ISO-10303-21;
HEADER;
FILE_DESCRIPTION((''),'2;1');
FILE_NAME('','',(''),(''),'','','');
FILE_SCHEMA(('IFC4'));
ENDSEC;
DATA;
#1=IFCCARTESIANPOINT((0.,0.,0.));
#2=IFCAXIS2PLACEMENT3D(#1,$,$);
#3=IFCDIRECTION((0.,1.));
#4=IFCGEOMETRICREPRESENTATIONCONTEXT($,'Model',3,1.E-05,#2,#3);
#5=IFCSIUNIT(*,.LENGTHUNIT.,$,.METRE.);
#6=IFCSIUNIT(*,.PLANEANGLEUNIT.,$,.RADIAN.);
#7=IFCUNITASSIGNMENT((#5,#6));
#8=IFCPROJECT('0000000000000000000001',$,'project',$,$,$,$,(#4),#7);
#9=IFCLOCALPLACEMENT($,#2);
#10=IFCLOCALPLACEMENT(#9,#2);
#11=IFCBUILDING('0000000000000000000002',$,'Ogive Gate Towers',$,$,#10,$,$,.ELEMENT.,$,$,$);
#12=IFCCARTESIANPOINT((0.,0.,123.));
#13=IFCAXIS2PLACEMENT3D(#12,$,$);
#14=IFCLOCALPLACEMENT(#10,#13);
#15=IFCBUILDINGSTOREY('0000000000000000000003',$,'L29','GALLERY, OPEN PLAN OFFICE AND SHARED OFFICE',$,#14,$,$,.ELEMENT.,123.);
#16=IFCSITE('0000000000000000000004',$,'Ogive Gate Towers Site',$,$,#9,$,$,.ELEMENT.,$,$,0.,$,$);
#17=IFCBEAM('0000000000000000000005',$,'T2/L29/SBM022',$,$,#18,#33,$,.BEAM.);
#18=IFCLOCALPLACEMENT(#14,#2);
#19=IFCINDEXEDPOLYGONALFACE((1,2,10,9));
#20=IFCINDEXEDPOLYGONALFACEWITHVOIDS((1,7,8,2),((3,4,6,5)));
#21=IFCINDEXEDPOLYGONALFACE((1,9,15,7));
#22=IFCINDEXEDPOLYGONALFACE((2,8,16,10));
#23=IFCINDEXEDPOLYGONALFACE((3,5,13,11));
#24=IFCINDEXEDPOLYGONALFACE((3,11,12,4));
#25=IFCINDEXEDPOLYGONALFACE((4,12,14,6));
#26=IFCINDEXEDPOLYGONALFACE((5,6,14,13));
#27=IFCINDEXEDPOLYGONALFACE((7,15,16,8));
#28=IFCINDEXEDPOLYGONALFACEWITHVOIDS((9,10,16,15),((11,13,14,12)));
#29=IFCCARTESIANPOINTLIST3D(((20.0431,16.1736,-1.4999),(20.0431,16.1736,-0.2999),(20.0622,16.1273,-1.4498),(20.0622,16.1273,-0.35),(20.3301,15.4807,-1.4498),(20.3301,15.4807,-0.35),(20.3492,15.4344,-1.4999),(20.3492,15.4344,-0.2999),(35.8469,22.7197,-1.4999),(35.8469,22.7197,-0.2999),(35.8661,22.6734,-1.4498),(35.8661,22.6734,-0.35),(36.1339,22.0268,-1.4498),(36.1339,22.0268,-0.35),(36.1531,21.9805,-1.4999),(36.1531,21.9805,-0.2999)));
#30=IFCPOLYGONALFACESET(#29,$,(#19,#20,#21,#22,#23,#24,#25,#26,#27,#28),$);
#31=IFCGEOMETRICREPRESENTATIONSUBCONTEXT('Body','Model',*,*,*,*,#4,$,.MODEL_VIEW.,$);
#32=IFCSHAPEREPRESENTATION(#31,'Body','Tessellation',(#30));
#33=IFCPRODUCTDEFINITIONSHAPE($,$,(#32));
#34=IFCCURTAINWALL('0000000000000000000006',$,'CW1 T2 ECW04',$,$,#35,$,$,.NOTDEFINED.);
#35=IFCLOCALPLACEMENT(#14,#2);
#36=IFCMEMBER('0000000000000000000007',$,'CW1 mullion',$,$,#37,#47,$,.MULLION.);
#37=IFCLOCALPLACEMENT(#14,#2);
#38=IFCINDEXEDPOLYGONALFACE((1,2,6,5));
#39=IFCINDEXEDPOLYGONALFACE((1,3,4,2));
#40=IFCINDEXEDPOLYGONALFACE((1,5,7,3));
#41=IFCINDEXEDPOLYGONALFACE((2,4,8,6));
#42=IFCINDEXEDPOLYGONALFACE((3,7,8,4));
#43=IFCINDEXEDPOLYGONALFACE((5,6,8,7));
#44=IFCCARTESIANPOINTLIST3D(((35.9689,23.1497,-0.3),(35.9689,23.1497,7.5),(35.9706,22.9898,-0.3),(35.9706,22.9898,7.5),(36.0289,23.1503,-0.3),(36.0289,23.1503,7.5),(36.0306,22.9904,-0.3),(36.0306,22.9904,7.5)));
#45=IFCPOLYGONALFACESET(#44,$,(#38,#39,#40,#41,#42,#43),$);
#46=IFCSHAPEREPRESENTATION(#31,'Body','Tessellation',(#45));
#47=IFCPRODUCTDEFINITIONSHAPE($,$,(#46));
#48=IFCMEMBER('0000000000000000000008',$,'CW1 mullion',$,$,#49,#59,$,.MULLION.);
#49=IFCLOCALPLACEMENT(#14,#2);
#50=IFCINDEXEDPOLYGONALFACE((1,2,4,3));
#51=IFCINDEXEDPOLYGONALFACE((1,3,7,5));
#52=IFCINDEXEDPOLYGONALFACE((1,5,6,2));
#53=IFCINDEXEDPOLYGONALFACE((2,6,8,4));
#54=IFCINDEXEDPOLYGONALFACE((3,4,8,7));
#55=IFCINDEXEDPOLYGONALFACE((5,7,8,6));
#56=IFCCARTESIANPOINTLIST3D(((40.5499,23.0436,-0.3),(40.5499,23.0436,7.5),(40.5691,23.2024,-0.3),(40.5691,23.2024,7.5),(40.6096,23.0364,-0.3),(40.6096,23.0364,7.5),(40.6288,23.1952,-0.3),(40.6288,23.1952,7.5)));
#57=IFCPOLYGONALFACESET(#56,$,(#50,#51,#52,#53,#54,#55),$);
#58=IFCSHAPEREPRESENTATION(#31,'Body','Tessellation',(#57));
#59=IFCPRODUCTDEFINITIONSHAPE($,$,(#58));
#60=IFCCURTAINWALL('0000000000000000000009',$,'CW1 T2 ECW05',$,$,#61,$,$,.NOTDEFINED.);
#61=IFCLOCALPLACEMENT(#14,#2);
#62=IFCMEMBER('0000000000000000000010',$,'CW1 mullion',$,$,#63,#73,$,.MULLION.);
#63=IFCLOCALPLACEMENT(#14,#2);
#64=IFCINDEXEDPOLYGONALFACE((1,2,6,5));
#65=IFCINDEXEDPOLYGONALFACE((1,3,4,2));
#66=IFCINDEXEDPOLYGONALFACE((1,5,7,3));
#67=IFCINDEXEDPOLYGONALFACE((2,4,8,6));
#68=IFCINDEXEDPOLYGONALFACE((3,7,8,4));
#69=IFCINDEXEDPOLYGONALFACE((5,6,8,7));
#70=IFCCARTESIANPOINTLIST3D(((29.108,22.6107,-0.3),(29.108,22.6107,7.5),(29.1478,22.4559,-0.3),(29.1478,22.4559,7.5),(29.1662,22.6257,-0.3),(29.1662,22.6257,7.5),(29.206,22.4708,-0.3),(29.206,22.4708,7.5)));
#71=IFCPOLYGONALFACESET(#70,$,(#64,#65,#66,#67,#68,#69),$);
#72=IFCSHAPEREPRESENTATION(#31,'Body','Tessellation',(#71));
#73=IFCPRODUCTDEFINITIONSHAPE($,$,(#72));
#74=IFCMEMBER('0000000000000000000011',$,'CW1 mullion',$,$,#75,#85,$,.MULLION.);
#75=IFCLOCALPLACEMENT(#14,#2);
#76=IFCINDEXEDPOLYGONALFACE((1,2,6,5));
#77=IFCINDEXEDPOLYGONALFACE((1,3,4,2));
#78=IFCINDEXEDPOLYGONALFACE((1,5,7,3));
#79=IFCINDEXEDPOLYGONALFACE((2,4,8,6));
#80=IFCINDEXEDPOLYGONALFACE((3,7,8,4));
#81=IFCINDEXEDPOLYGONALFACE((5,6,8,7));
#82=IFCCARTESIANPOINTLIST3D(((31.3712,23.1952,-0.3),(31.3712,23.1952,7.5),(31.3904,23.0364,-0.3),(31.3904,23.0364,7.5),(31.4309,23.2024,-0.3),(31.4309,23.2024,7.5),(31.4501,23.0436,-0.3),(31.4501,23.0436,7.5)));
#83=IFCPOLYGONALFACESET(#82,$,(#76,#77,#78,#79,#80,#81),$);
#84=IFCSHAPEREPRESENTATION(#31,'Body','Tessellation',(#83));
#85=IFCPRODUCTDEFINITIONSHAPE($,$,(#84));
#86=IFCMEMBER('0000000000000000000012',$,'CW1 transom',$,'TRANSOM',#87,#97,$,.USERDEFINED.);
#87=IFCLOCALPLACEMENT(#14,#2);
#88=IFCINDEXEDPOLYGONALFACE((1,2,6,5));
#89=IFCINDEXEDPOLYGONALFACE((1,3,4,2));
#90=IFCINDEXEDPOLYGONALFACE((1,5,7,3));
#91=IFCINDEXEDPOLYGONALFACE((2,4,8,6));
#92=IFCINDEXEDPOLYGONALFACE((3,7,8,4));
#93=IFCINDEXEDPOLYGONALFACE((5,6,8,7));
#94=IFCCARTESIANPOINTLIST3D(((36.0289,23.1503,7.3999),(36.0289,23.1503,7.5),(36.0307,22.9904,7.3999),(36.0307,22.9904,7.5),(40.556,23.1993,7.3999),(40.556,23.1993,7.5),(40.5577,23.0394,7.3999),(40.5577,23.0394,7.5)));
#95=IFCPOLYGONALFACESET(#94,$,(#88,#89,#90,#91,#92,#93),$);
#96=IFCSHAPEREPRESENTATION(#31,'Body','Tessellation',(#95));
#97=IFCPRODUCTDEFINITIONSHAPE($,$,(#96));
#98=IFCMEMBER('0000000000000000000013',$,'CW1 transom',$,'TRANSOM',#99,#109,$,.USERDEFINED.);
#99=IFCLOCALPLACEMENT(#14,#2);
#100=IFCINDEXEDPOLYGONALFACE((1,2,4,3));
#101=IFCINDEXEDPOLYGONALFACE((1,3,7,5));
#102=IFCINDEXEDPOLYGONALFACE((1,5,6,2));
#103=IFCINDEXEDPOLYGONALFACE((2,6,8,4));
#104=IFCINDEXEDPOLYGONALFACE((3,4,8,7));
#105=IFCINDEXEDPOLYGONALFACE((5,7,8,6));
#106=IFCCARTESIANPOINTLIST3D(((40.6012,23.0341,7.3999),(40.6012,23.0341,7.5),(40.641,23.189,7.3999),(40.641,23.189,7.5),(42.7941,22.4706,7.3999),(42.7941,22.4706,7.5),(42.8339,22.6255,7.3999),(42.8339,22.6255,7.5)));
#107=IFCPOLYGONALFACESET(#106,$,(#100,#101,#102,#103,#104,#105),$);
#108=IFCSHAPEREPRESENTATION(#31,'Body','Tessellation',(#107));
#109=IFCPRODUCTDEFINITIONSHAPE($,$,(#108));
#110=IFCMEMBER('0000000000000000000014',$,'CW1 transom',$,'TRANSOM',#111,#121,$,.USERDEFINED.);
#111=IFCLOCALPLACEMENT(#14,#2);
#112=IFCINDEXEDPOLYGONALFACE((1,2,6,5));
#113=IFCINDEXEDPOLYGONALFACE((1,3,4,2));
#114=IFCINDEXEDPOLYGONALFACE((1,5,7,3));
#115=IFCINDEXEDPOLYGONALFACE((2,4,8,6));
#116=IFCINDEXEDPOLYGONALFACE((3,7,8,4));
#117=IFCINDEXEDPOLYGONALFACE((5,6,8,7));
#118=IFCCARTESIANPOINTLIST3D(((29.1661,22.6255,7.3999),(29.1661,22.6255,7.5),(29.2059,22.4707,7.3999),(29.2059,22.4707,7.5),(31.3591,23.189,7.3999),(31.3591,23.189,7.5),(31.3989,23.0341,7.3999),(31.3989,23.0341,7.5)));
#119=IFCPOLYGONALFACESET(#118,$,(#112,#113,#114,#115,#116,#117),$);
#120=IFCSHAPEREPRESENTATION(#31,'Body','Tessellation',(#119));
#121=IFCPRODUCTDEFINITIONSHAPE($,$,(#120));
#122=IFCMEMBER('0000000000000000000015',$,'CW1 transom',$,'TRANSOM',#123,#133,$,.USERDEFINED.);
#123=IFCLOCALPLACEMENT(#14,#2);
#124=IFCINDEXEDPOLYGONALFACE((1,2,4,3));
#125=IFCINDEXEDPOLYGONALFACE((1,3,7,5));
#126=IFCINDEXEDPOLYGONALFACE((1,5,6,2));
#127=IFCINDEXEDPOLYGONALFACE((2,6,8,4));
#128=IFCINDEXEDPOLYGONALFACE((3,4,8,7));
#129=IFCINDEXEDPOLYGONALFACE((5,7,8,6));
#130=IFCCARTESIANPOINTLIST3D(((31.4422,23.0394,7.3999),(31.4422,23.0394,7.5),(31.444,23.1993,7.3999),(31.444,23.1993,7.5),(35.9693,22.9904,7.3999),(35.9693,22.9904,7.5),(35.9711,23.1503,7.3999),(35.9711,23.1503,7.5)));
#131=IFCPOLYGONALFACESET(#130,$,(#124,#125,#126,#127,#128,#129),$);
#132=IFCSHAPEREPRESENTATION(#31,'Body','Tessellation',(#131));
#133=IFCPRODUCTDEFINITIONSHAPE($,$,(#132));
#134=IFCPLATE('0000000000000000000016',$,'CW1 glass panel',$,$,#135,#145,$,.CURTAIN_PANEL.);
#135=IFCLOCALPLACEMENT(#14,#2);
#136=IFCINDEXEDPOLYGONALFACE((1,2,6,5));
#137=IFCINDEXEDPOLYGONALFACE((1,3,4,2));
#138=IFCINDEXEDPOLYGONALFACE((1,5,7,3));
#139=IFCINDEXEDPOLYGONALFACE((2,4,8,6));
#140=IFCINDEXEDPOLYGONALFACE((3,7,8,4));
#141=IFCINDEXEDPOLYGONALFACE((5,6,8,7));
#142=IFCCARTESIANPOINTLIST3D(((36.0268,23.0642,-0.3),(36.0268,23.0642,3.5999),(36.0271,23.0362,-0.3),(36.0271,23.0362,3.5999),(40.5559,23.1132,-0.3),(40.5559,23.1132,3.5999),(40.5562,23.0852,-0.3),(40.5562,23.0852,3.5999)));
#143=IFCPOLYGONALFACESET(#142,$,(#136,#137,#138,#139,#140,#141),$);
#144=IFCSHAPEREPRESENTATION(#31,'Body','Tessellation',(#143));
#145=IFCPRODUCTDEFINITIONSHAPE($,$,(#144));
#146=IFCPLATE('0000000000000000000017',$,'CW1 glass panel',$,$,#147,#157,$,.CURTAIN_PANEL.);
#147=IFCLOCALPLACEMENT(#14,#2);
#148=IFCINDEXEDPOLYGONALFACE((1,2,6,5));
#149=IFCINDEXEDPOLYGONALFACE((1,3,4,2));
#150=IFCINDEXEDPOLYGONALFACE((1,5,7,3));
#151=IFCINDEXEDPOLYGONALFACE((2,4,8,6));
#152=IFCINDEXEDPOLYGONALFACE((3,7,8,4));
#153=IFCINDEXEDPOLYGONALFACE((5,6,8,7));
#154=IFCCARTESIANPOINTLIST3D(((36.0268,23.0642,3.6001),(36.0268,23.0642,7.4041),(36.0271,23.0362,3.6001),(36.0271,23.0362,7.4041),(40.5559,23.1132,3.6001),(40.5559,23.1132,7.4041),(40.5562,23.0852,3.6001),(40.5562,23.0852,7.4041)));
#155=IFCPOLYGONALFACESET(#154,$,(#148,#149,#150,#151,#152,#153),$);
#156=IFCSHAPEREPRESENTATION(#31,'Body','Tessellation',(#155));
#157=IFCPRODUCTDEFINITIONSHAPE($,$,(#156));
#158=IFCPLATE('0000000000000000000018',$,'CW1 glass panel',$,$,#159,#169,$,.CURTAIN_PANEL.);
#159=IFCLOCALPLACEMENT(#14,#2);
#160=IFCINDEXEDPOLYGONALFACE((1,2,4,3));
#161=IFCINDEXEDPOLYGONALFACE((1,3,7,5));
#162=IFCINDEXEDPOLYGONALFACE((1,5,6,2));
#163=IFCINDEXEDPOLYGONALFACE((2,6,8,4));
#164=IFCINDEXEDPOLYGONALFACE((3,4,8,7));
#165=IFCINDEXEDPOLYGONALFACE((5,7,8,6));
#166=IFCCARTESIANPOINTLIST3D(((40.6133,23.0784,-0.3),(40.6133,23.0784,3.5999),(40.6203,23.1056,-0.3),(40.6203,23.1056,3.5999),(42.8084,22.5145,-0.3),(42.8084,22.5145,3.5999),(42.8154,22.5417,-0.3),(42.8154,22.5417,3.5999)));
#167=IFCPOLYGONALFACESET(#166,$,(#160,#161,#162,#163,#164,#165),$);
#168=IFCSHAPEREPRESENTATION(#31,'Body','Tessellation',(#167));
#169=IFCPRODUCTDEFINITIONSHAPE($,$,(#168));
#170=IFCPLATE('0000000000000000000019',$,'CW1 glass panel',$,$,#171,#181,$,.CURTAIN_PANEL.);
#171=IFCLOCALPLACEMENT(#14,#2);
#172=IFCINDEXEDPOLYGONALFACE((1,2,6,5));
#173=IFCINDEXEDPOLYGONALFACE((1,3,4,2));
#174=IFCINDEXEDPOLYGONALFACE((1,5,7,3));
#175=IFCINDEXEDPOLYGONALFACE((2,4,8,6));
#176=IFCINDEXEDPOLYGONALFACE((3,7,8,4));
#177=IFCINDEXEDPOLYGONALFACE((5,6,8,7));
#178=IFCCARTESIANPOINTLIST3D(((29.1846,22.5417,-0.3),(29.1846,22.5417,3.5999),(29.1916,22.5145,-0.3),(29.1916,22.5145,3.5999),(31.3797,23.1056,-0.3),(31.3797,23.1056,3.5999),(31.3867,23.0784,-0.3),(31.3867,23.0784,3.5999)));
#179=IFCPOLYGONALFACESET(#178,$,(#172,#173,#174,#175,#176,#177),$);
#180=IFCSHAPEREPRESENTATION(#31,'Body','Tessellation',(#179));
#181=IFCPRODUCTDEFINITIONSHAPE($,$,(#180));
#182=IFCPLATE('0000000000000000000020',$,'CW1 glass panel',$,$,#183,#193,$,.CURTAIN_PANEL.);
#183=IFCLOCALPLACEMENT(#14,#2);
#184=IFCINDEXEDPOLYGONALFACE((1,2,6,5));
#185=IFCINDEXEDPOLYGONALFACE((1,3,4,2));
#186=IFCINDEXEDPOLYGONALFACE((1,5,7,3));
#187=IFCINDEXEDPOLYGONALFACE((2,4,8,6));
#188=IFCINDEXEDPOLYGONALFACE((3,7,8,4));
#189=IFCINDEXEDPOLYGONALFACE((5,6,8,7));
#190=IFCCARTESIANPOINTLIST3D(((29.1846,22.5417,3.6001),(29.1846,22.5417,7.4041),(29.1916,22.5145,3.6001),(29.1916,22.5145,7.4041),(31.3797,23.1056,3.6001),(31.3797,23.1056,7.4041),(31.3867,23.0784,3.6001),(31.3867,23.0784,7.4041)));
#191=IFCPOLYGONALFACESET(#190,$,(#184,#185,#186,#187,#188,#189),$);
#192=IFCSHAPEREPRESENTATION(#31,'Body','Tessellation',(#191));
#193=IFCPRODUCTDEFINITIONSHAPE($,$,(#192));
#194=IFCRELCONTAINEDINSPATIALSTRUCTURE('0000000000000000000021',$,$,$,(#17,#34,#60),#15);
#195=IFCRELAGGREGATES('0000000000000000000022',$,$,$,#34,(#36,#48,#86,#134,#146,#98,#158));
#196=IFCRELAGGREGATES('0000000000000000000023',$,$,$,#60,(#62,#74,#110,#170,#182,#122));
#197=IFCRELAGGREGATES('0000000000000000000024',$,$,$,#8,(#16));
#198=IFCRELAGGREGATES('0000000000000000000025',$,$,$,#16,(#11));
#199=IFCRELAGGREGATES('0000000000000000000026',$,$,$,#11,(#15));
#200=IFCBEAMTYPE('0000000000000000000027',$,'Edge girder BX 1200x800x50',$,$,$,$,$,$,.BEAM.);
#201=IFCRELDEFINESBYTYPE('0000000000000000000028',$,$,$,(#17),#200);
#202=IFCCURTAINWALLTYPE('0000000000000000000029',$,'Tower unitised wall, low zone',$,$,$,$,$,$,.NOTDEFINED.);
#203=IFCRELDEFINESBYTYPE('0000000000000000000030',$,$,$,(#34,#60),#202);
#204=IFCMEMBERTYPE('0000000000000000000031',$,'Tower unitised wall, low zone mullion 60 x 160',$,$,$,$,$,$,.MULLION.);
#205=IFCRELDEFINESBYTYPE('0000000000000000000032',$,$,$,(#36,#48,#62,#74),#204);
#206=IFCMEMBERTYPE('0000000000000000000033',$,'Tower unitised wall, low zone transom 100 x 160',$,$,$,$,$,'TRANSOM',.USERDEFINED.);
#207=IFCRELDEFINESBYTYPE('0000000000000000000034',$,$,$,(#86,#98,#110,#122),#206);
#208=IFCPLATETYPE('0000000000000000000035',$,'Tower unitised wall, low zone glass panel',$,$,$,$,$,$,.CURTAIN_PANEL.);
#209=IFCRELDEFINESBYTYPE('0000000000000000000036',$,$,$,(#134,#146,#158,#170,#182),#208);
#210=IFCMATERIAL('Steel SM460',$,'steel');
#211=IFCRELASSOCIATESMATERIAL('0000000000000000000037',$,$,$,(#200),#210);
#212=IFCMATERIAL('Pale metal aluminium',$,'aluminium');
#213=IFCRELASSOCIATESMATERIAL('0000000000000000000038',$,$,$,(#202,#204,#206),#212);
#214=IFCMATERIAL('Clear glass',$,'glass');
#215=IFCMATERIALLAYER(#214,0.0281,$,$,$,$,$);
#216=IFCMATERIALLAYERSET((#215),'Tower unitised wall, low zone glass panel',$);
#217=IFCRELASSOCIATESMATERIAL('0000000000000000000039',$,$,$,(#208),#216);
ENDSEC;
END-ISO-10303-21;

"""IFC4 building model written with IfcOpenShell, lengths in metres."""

from ifc_helpers import new_model, si_unit, direction, frame, origin, origin_2d, place, context, subcontext, project, spatial, rectangle, hollow_rectangle, extrude, material, layer, layer_set, material_profile, profile_set, type_object, element, aggregate, save


model = new_model("IFC4")

# Units and contexts
model_context = context("Model", 3, precision=1e-05, world=origin(), true_north=direction((0.0, 1.0)))
body_context = subcontext(model_context, "Body", "Model", "MODEL_VIEW")
ifc_project = project(units=[si_unit("LENGTHUNIT", "METRE"), si_unit("PLANEANGLEUNIT", "RADIAN")], contexts=[model_context])

# Site, building, storey
site_placement = place(None, origin())
site = spatial("IfcSite", under=ifc_project, at=site_placement, Name="Ogive Gate Towers Site", CompositionType="ELEMENT", RefElevation=0.0)
building_placement = place(site_placement, origin())
building = spatial("IfcBuilding", under=site, at=building_placement, Name="Ogive Gate Towers", CompositionType="ELEMENT")
storey_placement = place(building_placement, frame((0.0, 0.0, 123.0)))
storey = spatial("IfcBuildingStorey", under=building, at=storey_placement, Name="L29", Description="GALLERY, OPEN PLAN OFFICE AND SHARED OFFICE", CompositionType="ELEMENT", Elevation=123.0)

# Beam
ifc_material_1 = material(Name="Steel SM460", Category="steel")
ifc_material_profile_1 = material_profile(ifc_material_1, hollow_rectangle(XDim=0.8, YDim=1.2, WallThickness=0.05, at=origin_2d()), Name="BX 1200x800x50")
ifc_profile_set_1 = profile_set([ifc_material_profile_1], Name="Steel SM460")
beam_type = type_object("IfcBeamType", Name="Edge girder BX 1200x800x50", PredefinedType="BEAM", material=ifc_profile_set_1)
beam_placement = place(storey_placement, frame((36.0, 22.3501, -0.8999), z_axis=(-0.923881, -0.38268, 0.0), x_axis=(0.38268, -0.923881, 0.0)))
element("IfcBeam", 1, at=beam_placement, inside=storey, type_object=beam_type, Name="T2/L29/SBM022", PredefinedType="BEAM", context=body_context, shape_type="SweptSolid", body=[
    extrude(hollow_rectangle(XDim=0.8, YDim=1.2, WallThickness=0.05, at=origin_2d()), origin(), (0.0, 0.0, 1.0), 17.106),
])

# Curtain walls, members
ifc_material_2 = material(Name="Pale metal aluminium", Category="aluminium")
curtain_wall_type = type_object("IfcCurtainWallType", Name="Tower unitised wall, low zone", PredefinedType="NOTDEFINED", material=ifc_material_2)
curtain_wall_1_placement = place(storey_placement, origin())
curtain_wall_1 = element("IfcCurtainWall", 2, at=curtain_wall_1_placement, inside=storey, type_object=curtain_wall_type, Name="CW1 T2 ECW04", PredefinedType="NOTDEFINED")
ifc_material_profile_2 = material_profile(ifc_material_2, rectangle(XDim=0.1599, YDim=0.0601, at=origin_2d()), Name="60 x 160 aluminium box")
ifc_profile_set_2 = profile_set([ifc_material_profile_2], Name="Pale metal aluminium")
member_type_1 = type_object("IfcMemberType", Name="Tower unitised wall, low zone mullion 60 x 160", PredefinedType="MULLION", material=ifc_profile_set_2)
member_1_placement = place(storey_placement, frame((35.9998, 23.0701, -0.3), z_axis=(0.0, 0.0, 1.0), x_axis=(0.010821, -0.999941, 0.0)))
member_1 = element("IfcMember", 3, at=member_1_placement, type_object=member_type_1, Name="CW1 mullion", PredefinedType="MULLION", context=body_context, shape_type="SweptSolid", body=[
    extrude(rectangle(XDim=0.1599, YDim=0.0601, at=origin_2d()), origin(), (0.0, 0.0, 1.0), 7.8),
])
member_2_placement = place(storey_placement, frame((40.5894, 23.1194, -0.3), z_axis=(0.0, 0.0, 1.0), x_axis=(-0.120033, -0.99277, 0.0)))
member_2 = element("IfcMember", 4, at=member_2_placement, type_object=member_type_1, Name="CW1 mullion", PredefinedType="MULLION", context=body_context, shape_type="SweptSolid", body=[
    extrude(rectangle(XDim=0.1599, YDim=0.0601, at=origin_2d()), origin(), (0.0, 0.0, 1.0), 7.8),
])
curtain_wall_2_placement = place(storey_placement, origin())
curtain_wall_2 = element("IfcCurtainWall", 5, at=curtain_wall_2_placement, inside=storey, type_object=curtain_wall_type, Name="CW1 T2 ECW05", PredefinedType="NOTDEFINED")
member_3_placement = place(storey_placement, frame((29.157, 22.5408, -0.3), z_axis=(0.0, 0.0, 1.0), x_axis=(0.248808, -0.968553, 0.0)))
member_3 = element("IfcMember", 6, at=member_3_placement, type_object=member_type_1, Name="CW1 mullion", PredefinedType="MULLION", context=body_context, shape_type="SweptSolid", body=[
    extrude(rectangle(XDim=0.1599, YDim=0.0601, at=origin_2d()), origin(), (0.0, 0.0, 1.0), 7.8),
])
member_4_placement = place(storey_placement, frame((31.4106, 23.1194, -0.3), z_axis=(0.0, 0.0, 1.0), x_axis=(0.120033, -0.99277, 0.0)))
member_4 = element("IfcMember", 7, at=member_4_placement, type_object=member_type_1, Name="CW1 mullion", PredefinedType="MULLION", context=body_context, shape_type="SweptSolid", body=[
    extrude(rectangle(XDim=0.1599, YDim=0.0601, at=origin_2d()), origin(), (0.0, 0.0, 1.0), 7.8),
])

# Members
ifc_material_profile_3 = material_profile(ifc_material_2, rectangle(XDim=0.1599, YDim=0.1001, at=origin_2d()), Name="100 x 160 aluminium box")
ifc_profile_set_3 = profile_set([ifc_material_profile_3], Name="Pale metal aluminium")
member_type_2 = type_object("IfcMemberType", Name="Tower unitised wall, low zone transom 100 x 160", ElementType="TRANSOM", PredefinedType="USERDEFINED", material=ifc_profile_set_3)
member_5_placement = place(storey_placement, frame((36.0298, 23.0703, 7.45), z_axis=(0.999941, 0.010839, 0.0), x_axis=(-0.010839, 0.999941, 0.0)))
member_5 = element("IfcMember", 8, at=member_5_placement, type_object=member_type_2, Name="CW1 transom", ObjectType="TRANSOM", PredefinedType="USERDEFINED", context=body_context, shape_type="SweptSolid", body=[
    extrude(rectangle(XDim=0.1599, YDim=0.1001, at=origin_2d()), origin(), (0.0, 0.0, 1.0), 4.5273),
])
member_6_placement = place(storey_placement, frame((40.6211, 23.1116, 7.45), z_axis=(0.968536, -0.248873, 0.0), x_axis=(0.248873, 0.968536, 0.0)))
member_6 = element("IfcMember", 9, at=member_6_placement, type_object=member_type_2, Name="CW1 transom", ObjectType="TRANSOM", PredefinedType="USERDEFINED", context=body_context, shape_type="SweptSolid", body=[
    extrude(rectangle(XDim=0.1599, YDim=0.1001, at=origin_2d()), origin(), (0.0, 0.0, 1.0), 2.2642),
])
member_7_placement = place(storey_placement, frame((29.186, 22.5481, 7.45), z_axis=(0.968536, 0.248873, 0.0), x_axis=(-0.248873, 0.968536, 0.0)))
member_7 = element("IfcMember", 10, at=member_7_placement, type_object=member_type_2, Name="CW1 transom", ObjectType="TRANSOM", PredefinedType="USERDEFINED", context=body_context, shape_type="SweptSolid", body=[
    extrude(rectangle(XDim=0.1599, YDim=0.1001, at=origin_2d()), origin(), (0.0, 0.0, 1.0), 2.2642),
])
member_8_placement = place(storey_placement, frame((31.4431, 23.1194, 7.45), z_axis=(0.999941, -0.010839, 0.0), x_axis=(0.010839, 0.999941, 0.0)))
member_8 = element("IfcMember", 11, at=member_8_placement, type_object=member_type_2, Name="CW1 transom", ObjectType="TRANSOM", PredefinedType="USERDEFINED", context=body_context, shape_type="SweptSolid", body=[
    extrude(rectangle(XDim=0.1599, YDim=0.1001, at=origin_2d()), origin(), (0.0, 0.0, 1.0), 4.5273),
])

# Plates
ifc_material_3 = material(Name="Clear glass", Category="glass")
ifc_layer_1 = layer(ifc_material_3, 0.0281)
ifc_layer_set_1 = layer_set([ifc_layer_1], Name="Tower unitised wall, low zone glass panel")
plate_type = type_object("IfcPlateType", Name="Tower unitised wall, low zone glass panel", PredefinedType="CURTAIN_PANEL", material=ifc_layer_set_1)
plate_1_placement = place(storey_placement, frame((38.2915, 23.0747, -0.3), z_axis=(0.0, 0.0, 1.0), x_axis=(0.999941, 0.010821, 0.0)))
plate_1 = element("IfcPlate", 12, at=plate_1_placement, type_object=plate_type, Name="CW1 glass panel", PredefinedType="CURTAIN_PANEL", context=body_context, shape_type="SweptSolid", body=[
    extrude(rectangle(XDim=4.5293, YDim=0.0281, at=origin_2d()), origin(), (0.0, 0.0, 1.0), 3.8999),
])
plate_2_placement = place(storey_placement, frame((38.2915, 23.0747, 3.6001), z_axis=(0.0, 0.0, 1.0), x_axis=(0.999941, 0.010821, 0.0)))
plate_2 = element("IfcPlate", 13, at=plate_2_placement, type_object=plate_type, Name="CW1 glass panel", PredefinedType="CURTAIN_PANEL", context=body_context, shape_type="SweptSolid", body=[
    extrude(rectangle(XDim=4.5293, YDim=0.0281, at=origin_2d()), origin(), (0.0, 0.0, 1.0), 3.804),
])
plate_3_placement = place(storey_placement, frame((41.7144, 22.8101, -0.3), z_axis=(0.0, 0.0, 1.0), x_axis=(0.968548, -0.248825, 0.0)))
plate_3 = element("IfcPlate", 14, at=plate_3_placement, type_object=plate_type, Name="CW1 glass panel", PredefinedType="CURTAIN_PANEL", context=body_context, shape_type="SweptSolid", body=[
    extrude(rectangle(XDim=2.2664, YDim=0.0281, at=origin_2d()), origin(), (0.0, 0.0, 1.0), 3.8999),
])
aggregate(curtain_wall_1, [member_1, member_2, member_5, plate_1, plate_2, member_6, plate_3])
plate_4_placement = place(storey_placement, frame((30.2856, 22.8101, -0.3), z_axis=(0.0, 0.0, 1.0), x_axis=(0.968548, 0.248825, 0.0)))
plate_4 = element("IfcPlate", 15, at=plate_4_placement, type_object=plate_type, Name="CW1 glass panel", PredefinedType="CURTAIN_PANEL", context=body_context, shape_type="SweptSolid", body=[
    extrude(rectangle(XDim=2.2664, YDim=0.0281, at=origin_2d()), origin(), (0.0, 0.0, 1.0), 3.8999),
])
plate_5_placement = place(storey_placement, frame((30.2856, 22.8101, 3.6001), z_axis=(0.0, 0.0, 1.0), x_axis=(0.968548, 0.248825, 0.0)))
plate_5 = element("IfcPlate", 16, at=plate_5_placement, type_object=plate_type, Name="CW1 glass panel", PredefinedType="CURTAIN_PANEL", context=body_context, shape_type="SweptSolid", body=[
    extrude(rectangle(XDim=2.2664, YDim=0.0281, at=origin_2d()), origin(), (0.0, 0.0, 1.0), 3.804),
])
aggregate(curtain_wall_2, [member_3, member_4, member_7, plate_4, plate_5, member_8])

save(model, "model.ifc")
